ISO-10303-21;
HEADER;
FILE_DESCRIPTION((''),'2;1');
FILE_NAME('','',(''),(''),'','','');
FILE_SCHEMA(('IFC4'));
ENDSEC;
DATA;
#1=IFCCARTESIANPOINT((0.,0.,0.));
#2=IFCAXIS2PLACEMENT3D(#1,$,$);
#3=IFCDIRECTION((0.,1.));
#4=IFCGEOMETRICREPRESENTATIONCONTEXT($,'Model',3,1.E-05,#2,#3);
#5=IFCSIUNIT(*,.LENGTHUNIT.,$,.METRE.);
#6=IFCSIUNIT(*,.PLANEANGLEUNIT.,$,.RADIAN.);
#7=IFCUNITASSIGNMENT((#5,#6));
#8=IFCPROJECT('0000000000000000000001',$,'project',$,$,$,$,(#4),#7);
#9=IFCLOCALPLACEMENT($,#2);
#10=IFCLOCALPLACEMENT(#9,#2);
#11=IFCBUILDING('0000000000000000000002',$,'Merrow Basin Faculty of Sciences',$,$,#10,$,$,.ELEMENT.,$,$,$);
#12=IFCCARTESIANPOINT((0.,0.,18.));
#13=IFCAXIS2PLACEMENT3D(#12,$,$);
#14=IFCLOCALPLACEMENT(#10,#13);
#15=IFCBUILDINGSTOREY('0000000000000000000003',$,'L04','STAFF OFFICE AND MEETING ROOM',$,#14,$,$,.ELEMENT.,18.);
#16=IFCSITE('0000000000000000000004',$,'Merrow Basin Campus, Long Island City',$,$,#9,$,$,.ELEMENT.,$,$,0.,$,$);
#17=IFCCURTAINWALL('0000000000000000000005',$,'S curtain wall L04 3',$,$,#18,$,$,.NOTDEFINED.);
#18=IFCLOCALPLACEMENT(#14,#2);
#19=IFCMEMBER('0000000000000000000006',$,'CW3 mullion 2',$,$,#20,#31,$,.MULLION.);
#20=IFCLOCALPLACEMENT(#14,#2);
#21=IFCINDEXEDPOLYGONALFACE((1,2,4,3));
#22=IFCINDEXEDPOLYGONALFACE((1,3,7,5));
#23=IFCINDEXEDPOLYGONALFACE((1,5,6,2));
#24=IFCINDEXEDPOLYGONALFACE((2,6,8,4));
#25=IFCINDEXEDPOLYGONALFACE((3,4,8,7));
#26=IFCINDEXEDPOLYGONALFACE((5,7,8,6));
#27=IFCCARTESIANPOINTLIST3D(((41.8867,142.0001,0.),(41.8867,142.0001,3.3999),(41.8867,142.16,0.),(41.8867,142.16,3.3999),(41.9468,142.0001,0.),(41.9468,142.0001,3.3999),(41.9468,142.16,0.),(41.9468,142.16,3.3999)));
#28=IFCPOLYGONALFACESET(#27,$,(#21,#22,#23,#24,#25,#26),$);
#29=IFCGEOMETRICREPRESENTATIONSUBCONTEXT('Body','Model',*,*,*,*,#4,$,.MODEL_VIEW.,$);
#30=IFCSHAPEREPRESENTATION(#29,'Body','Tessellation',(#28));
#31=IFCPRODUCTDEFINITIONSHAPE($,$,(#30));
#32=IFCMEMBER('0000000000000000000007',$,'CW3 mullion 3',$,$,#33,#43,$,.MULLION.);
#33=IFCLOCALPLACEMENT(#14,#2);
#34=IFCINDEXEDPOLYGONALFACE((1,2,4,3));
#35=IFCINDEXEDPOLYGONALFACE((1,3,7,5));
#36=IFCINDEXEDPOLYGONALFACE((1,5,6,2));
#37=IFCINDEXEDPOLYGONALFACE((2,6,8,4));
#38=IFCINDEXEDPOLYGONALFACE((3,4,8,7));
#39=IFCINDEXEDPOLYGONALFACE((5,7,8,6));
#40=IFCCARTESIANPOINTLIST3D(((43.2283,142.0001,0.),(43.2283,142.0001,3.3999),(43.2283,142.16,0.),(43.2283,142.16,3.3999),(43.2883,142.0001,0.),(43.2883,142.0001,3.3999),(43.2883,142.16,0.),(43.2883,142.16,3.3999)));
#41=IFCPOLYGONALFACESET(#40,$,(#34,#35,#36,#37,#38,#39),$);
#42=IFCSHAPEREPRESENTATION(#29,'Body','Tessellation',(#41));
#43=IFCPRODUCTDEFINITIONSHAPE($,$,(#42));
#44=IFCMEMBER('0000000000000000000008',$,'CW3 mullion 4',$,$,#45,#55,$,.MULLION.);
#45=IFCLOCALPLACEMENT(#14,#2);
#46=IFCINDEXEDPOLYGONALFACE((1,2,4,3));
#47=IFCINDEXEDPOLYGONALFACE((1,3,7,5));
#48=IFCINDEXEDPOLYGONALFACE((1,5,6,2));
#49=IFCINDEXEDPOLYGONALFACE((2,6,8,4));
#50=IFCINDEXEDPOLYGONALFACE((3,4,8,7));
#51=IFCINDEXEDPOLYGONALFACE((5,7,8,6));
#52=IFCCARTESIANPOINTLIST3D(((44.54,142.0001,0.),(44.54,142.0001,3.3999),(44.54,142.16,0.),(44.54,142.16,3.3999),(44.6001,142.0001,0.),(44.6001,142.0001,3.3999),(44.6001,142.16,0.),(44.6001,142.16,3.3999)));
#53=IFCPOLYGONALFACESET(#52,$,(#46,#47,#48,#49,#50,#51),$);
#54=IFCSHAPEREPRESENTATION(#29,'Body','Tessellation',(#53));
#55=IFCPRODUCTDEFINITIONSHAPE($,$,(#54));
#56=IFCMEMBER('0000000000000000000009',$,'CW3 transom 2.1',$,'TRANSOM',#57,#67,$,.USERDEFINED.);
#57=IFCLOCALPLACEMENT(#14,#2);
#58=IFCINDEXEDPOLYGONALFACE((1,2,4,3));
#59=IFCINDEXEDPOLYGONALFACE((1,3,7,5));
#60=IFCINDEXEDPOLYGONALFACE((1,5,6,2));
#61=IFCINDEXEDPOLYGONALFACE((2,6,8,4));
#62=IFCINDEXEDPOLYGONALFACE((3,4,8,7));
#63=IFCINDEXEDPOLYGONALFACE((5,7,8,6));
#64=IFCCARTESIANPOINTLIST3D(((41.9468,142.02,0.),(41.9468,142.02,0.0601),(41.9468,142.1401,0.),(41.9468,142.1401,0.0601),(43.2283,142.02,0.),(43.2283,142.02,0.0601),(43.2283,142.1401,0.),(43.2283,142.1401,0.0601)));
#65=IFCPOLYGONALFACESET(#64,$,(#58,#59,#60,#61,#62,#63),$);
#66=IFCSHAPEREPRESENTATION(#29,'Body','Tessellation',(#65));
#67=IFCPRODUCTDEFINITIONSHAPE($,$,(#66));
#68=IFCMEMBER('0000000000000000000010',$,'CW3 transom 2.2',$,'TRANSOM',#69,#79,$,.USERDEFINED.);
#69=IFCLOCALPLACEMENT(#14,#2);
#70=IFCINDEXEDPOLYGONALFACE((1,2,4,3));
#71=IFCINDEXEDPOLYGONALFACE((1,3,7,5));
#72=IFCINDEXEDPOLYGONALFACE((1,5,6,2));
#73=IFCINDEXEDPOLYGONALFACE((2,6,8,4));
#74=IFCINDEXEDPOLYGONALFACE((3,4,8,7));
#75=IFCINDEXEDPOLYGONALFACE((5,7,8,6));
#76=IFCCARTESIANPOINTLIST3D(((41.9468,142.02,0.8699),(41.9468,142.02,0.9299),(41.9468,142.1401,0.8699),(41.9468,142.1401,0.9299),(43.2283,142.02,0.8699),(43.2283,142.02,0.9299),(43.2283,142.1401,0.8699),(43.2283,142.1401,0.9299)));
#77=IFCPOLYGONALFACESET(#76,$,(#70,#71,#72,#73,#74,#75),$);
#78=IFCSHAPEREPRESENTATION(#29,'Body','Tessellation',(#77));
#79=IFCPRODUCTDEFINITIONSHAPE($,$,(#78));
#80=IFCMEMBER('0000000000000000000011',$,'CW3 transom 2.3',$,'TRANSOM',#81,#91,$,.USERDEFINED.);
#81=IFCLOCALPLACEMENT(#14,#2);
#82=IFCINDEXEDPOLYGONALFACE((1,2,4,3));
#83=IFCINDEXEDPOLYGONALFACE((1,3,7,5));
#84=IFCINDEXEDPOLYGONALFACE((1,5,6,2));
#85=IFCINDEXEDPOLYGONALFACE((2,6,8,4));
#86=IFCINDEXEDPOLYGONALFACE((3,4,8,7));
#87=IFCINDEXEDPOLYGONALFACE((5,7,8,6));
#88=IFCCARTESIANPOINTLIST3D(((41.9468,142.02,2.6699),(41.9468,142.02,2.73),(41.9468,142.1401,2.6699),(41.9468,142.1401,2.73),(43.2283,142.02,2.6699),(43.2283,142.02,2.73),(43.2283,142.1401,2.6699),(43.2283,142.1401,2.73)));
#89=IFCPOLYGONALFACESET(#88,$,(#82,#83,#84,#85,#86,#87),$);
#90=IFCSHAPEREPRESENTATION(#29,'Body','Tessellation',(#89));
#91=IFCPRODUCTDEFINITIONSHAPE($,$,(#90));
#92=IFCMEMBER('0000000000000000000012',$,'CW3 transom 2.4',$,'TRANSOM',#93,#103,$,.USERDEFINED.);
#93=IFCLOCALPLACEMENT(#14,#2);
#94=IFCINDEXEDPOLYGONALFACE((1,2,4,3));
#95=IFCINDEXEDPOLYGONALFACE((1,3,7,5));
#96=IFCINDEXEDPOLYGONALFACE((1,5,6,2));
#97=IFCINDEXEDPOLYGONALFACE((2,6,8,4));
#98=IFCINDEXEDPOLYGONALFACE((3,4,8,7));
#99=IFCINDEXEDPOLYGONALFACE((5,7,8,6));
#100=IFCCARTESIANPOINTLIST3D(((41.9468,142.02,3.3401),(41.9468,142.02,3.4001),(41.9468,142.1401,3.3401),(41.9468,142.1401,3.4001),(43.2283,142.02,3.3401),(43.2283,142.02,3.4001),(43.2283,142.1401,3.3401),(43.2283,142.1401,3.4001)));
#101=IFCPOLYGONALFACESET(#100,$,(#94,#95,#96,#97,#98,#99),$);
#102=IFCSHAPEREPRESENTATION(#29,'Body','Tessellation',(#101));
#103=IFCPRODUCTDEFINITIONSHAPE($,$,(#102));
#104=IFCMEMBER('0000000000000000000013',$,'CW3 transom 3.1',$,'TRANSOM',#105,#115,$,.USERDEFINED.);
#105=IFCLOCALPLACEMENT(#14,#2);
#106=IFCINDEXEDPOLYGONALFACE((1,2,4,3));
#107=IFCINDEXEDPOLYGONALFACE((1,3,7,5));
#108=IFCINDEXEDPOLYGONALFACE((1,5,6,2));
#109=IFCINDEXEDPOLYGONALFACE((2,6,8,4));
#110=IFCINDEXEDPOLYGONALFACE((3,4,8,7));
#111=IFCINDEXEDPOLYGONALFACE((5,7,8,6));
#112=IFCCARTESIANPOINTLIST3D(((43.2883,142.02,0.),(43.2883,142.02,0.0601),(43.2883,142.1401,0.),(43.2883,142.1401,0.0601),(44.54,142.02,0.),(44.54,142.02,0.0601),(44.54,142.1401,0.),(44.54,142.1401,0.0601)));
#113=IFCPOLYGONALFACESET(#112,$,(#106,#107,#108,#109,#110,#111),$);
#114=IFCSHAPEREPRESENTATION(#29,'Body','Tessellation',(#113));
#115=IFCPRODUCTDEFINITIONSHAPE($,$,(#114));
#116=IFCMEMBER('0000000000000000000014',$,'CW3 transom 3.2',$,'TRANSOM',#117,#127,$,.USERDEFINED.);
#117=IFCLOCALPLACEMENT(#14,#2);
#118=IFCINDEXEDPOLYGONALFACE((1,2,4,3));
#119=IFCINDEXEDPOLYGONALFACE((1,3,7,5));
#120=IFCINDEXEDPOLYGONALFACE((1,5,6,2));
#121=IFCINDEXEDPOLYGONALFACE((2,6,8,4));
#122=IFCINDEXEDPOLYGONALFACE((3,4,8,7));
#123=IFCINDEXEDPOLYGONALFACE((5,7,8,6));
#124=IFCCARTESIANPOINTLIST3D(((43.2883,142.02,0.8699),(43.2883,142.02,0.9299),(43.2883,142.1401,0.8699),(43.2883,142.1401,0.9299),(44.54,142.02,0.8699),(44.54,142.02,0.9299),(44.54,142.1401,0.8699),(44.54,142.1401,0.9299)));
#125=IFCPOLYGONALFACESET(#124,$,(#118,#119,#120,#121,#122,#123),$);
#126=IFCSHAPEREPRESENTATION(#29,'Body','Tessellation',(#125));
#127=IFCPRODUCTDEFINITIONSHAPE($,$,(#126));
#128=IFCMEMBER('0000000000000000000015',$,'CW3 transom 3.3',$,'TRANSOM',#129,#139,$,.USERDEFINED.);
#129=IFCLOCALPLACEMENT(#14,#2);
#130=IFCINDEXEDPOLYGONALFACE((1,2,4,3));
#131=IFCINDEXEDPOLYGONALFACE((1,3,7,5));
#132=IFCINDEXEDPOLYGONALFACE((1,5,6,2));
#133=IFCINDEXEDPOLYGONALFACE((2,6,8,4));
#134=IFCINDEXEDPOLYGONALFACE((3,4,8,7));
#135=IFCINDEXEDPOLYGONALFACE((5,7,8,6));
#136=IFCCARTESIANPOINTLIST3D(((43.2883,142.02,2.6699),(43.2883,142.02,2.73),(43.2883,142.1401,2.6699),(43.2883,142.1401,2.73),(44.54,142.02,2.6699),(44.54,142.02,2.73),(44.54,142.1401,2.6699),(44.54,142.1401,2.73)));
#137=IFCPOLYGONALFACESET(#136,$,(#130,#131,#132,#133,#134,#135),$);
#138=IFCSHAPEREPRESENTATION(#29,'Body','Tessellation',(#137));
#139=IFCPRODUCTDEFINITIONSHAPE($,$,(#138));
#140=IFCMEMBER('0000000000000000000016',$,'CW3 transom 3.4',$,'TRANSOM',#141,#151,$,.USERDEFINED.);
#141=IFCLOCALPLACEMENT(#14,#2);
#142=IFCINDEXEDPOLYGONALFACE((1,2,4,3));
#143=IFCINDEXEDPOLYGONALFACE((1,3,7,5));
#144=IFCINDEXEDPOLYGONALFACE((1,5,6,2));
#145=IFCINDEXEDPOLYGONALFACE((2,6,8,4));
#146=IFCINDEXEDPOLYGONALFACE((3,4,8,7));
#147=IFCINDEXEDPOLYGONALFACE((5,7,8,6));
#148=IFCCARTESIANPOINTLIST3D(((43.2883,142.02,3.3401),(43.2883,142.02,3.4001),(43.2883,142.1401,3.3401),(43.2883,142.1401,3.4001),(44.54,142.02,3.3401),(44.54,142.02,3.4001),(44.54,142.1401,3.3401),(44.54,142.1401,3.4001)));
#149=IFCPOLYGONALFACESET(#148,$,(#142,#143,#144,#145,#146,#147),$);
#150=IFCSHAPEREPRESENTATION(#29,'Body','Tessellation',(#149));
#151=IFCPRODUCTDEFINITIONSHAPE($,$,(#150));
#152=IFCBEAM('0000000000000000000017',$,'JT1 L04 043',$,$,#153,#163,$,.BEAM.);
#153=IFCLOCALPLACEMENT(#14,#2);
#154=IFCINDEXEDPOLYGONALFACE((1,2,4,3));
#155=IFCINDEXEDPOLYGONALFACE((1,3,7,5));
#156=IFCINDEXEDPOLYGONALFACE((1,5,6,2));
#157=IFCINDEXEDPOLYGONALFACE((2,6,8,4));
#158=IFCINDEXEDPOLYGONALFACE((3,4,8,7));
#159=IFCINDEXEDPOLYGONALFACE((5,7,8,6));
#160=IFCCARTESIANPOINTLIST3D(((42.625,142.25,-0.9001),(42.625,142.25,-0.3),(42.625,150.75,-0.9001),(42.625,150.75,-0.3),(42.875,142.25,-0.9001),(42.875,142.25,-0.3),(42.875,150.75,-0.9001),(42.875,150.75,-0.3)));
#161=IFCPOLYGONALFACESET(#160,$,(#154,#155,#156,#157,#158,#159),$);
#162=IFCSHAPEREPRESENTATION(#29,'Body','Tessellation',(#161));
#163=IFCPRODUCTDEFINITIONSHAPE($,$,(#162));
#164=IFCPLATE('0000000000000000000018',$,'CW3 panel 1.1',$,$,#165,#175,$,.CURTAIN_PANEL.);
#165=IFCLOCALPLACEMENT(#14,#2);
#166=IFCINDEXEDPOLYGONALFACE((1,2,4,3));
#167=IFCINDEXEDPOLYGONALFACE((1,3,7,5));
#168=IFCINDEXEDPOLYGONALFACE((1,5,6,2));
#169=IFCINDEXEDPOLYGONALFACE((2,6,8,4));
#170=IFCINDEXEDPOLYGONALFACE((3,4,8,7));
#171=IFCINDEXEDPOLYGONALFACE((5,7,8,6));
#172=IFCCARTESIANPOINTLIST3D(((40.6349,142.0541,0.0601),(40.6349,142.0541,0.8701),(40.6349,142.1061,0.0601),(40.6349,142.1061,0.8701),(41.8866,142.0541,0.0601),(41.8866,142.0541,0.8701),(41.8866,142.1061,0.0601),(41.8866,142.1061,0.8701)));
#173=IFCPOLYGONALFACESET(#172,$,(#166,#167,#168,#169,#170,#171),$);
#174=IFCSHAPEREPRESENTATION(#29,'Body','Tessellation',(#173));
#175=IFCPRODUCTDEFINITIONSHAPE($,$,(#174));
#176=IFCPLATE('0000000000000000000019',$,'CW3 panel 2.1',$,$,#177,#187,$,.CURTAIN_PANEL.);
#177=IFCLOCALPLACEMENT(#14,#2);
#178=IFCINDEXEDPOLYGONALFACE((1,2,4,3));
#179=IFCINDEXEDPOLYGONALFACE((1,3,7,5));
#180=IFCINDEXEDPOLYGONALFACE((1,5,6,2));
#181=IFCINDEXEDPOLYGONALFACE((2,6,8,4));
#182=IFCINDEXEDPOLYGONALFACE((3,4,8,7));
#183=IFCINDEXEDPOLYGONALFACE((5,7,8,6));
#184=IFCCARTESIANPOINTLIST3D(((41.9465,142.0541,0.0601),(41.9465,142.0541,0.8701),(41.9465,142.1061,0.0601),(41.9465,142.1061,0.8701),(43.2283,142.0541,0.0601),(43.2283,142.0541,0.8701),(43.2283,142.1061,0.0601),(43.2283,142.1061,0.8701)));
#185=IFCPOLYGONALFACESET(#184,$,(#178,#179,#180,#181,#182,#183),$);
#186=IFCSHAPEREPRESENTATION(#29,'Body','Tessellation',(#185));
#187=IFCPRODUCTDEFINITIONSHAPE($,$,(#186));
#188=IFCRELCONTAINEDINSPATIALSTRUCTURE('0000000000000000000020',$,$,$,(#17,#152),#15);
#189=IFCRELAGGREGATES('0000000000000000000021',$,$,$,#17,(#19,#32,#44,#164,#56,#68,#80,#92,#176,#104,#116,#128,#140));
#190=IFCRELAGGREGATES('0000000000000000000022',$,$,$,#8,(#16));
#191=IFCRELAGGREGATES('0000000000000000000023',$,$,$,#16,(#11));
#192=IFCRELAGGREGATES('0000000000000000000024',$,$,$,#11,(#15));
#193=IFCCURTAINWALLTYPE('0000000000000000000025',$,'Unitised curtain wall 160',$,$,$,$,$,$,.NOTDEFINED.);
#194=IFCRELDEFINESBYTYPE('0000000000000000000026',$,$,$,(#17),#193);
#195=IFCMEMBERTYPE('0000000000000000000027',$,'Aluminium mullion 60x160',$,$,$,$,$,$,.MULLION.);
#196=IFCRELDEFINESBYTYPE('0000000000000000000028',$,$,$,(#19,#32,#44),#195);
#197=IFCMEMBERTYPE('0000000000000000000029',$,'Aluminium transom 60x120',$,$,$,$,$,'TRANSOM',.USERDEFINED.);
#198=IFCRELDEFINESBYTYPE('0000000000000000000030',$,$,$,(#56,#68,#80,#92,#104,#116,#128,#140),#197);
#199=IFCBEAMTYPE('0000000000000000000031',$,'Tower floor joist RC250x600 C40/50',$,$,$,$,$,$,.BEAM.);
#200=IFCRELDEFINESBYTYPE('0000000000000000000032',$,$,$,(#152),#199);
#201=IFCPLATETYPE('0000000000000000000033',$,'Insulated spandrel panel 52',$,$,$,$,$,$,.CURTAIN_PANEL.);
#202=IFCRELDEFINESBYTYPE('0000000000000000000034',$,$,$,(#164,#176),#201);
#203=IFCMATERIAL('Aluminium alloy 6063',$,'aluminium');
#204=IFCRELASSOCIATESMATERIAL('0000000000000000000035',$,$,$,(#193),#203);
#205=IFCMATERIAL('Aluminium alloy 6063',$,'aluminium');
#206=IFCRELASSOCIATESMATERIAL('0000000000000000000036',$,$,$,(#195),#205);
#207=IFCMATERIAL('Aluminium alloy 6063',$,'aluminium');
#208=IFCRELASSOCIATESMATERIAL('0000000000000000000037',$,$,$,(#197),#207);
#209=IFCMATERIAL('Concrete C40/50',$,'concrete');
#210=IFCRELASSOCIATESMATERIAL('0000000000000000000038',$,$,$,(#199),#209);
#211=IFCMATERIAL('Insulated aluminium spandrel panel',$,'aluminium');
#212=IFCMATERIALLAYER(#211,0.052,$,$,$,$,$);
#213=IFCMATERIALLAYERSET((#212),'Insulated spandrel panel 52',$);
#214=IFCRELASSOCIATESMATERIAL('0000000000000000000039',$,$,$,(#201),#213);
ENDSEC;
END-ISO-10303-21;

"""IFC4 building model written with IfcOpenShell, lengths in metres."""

from ifc_helpers import new_model, si_unit, direction, frame, origin, origin_2d, place, context, subcontext, project, spatial, rectangle, extrude, material, layer, layer_set, material_profile, profile_set, type_object, element, aggregate, save


model = new_model("IFC4")

# Units and contexts
model_context = context("Model", 3, precision=1e-05, world=origin(), true_north=direction((0.0, 1.0)))
body_context = subcontext(model_context, "Body", "Model", "MODEL_VIEW")
ifc_project = project(units=[si_unit("LENGTHUNIT", "METRE"), si_unit("PLANEANGLEUNIT", "RADIAN")], contexts=[model_context])

# Site, building, storey
site_placement = place(None, origin())
site = spatial("IfcSite", under=ifc_project, at=site_placement, Name="Merrow Basin Campus, Long Island City", CompositionType="ELEMENT", RefElevation=0.0)
building_placement = place(site_placement, origin())
building = spatial("IfcBuilding", under=site, at=building_placement, Name="Merrow Basin Faculty of Sciences", CompositionType="ELEMENT")
storey_placement = place(building_placement, frame((0.0, 0.0, 18.0)))
storey = spatial("IfcBuildingStorey", under=building, at=storey_placement, Name="L04", Description="STAFF OFFICE AND MEETING ROOM", CompositionType="ELEMENT", Elevation=18.0)

# Curtain wall, members
ifc_material_1 = material(Name="Aluminium alloy 6063", Category="aluminium")
curtain_wall_type = type_object("IfcCurtainWallType", Name="Unitised curtain wall 160", PredefinedType="NOTDEFINED", material=ifc_material_1)
curtain_wall_placement = place(storey_placement, origin())
curtain_wall = element("IfcCurtainWall", 1, at=curtain_wall_placement, inside=storey, type_object=curtain_wall_type, Name="S curtain wall L04 3", PredefinedType="NOTDEFINED")
ifc_material_2 = material(Name="Aluminium alloy 6063", Category="aluminium")
ifc_material_profile_1 = material_profile(ifc_material_2, rectangle(XDim=0.1599, YDim=0.0601, at=origin_2d()))
ifc_profile_set_1 = profile_set([ifc_material_profile_1], Name="Aluminium alloy 6063")
member_type_1 = type_object("IfcMemberType", Name="Aluminium mullion 60x160", PredefinedType="MULLION", material=ifc_profile_set_1)
member_1_placement = place(storey_placement, frame((41.9167, 142.0801, 0.0), z_axis=(0.0, 0.0, 1.0), x_axis=(0.0, 1.0, 0.0)))
member_1 = element("IfcMember", 2, at=member_1_placement, type_object=member_type_1, Name="CW3 mullion 2", PredefinedType="MULLION", context=body_context, shape_type="SweptSolid", body=[
    extrude(rectangle(XDim=0.1599, YDim=0.0601, at=origin_2d()), origin(), (0.0, 0.0, 1.0), 3.3999),
])
member_2_placement = place(storey_placement, frame((43.2583, 142.0801, 0.0), z_axis=(0.0, 0.0, 1.0), x_axis=(0.0, 1.0, 0.0)))
member_2 = element("IfcMember", 3, at=member_2_placement, type_object=member_type_1, Name="CW3 mullion 3", PredefinedType="MULLION", context=body_context, shape_type="SweptSolid", body=[
    extrude(rectangle(XDim=0.1599, YDim=0.0601, at=origin_2d()), origin(), (0.0, 0.0, 1.0), 3.3999),
])
member_3_placement = place(storey_placement, frame((44.5701, 142.0801, 0.0), z_axis=(0.0, 0.0, 1.0), x_axis=(0.0, 1.0, 0.0)))
member_3 = element("IfcMember", 4, at=member_3_placement, type_object=member_type_1, Name="CW3 mullion 4", PredefinedType="MULLION", context=body_context, shape_type="SweptSolid", body=[
    extrude(rectangle(XDim=0.1599, YDim=0.0601, at=origin_2d()), origin(), (0.0, 0.0, 1.0), 3.3999),
])
ifc_material_3 = material(Name="Aluminium alloy 6063", Category="aluminium")
ifc_material_profile_2 = material_profile(ifc_material_3, rectangle(XDim=0.1201, YDim=0.0601, at=origin_2d()))
ifc_profile_set_2 = profile_set([ifc_material_profile_2], Name="Aluminium alloy 6063")
member_type_2 = type_object("IfcMemberType", Name="Aluminium transom 60x120", ElementType="TRANSOM", PredefinedType="USERDEFINED", material=ifc_profile_set_2)
member_4_placement = place(storey_placement, frame((41.9468, 142.0801, 0.03), z_axis=(1.0, 0.0, 0.0), x_axis=(0.0, 1.0, 0.0)))
member_4 = element("IfcMember", 5, at=member_4_placement, type_object=member_type_2, Name="CW3 transom 2.1", ObjectType="TRANSOM", PredefinedType="USERDEFINED", context=body_context, shape_type="SweptSolid", body=[
    extrude(rectangle(XDim=0.1201, YDim=0.0601, at=origin_2d()), origin(), (0.0, 0.0, 1.0), 1.2815),
])
member_5_placement = place(storey_placement, frame((41.9468, 142.0801, 0.8999), z_axis=(1.0, 0.0, 0.0), x_axis=(0.0, 1.0, 0.0)))
member_5 = element("IfcMember", 6, at=member_5_placement, type_object=member_type_2, Name="CW3 transom 2.2", ObjectType="TRANSOM", PredefinedType="USERDEFINED", context=body_context, shape_type="SweptSolid", body=[
    extrude(rectangle(XDim=0.1201, YDim=0.0601, at=origin_2d()), origin(), (0.0, 0.0, 1.0), 1.2815),
])
member_6_placement = place(storey_placement, frame((41.9468, 142.0801, 2.7), z_axis=(1.0, 0.0, 0.0), x_axis=(0.0, 1.0, 0.0)))
member_6 = element("IfcMember", 7, at=member_6_placement, type_object=member_type_2, Name="CW3 transom 2.3", ObjectType="TRANSOM", PredefinedType="USERDEFINED", context=body_context, shape_type="SweptSolid", body=[
    extrude(rectangle(XDim=0.1201, YDim=0.0601, at=origin_2d()), origin(), (0.0, 0.0, 1.0), 1.2815),
])
member_7_placement = place(storey_placement, frame((41.9468, 142.0801, 3.3701), z_axis=(1.0, 0.0, 0.0), x_axis=(0.0, 1.0, 0.0)))
member_7 = element("IfcMember", 8, at=member_7_placement, type_object=member_type_2, Name="CW3 transom 2.4", ObjectType="TRANSOM", PredefinedType="USERDEFINED", context=body_context, shape_type="SweptSolid", body=[
    extrude(rectangle(XDim=0.1201, YDim=0.0601, at=origin_2d()), origin(), (0.0, 0.0, 1.0), 1.2815),
])
member_8_placement = place(storey_placement, frame((43.2883, 142.0801, 0.03), z_axis=(1.0, 0.0, 0.0), x_axis=(0.0, 1.0, 0.0)))
member_8 = element("IfcMember", 9, at=member_8_placement, type_object=member_type_2, Name="CW3 transom 3.1", ObjectType="TRANSOM", PredefinedType="USERDEFINED", context=body_context, shape_type="SweptSolid", body=[
    extrude(rectangle(XDim=0.1201, YDim=0.0601, at=origin_2d()), origin(), (0.0, 0.0, 1.0), 1.2517),
])
member_9_placement = place(storey_placement, frame((43.2883, 142.0801, 0.8999), z_axis=(1.0, 0.0, 0.0), x_axis=(0.0, 1.0, 0.0)))
member_9 = element("IfcMember", 10, at=member_9_placement, type_object=member_type_2, Name="CW3 transom 3.2", ObjectType="TRANSOM", PredefinedType="USERDEFINED", context=body_context, shape_type="SweptSolid", body=[
    extrude(rectangle(XDim=0.1201, YDim=0.0601, at=origin_2d()), origin(), (0.0, 0.0, 1.0), 1.2517),
])
member_10_placement = place(storey_placement, frame((43.2883, 142.0801, 2.7), z_axis=(1.0, 0.0, 0.0), x_axis=(0.0, 1.0, 0.0)))
member_10 = element("IfcMember", 11, at=member_10_placement, type_object=member_type_2, Name="CW3 transom 3.3", ObjectType="TRANSOM", PredefinedType="USERDEFINED", context=body_context, shape_type="SweptSolid", body=[
    extrude(rectangle(XDim=0.1201, YDim=0.0601, at=origin_2d()), origin(), (0.0, 0.0, 1.0), 1.2517),
])
member_11_placement = place(storey_placement, frame((43.2883, 142.0801, 3.3701), z_axis=(1.0, 0.0, 0.0), x_axis=(0.0, 1.0, 0.0)))
member_11 = element("IfcMember", 12, at=member_11_placement, type_object=member_type_2, Name="CW3 transom 3.4", ObjectType="TRANSOM", PredefinedType="USERDEFINED", context=body_context, shape_type="SweptSolid", body=[
    extrude(rectangle(XDim=0.1201, YDim=0.0601, at=origin_2d()), origin(), (0.0, 0.0, 1.0), 1.2517),
])

# Beam
ifc_material_4 = material(Name="Concrete C40/50", Category="concrete")
ifc_material_profile_3 = material_profile(ifc_material_4, rectangle(XDim=0.25, YDim=0.6001, at=origin_2d()))
ifc_profile_set_3 = profile_set([ifc_material_profile_3], Name="Concrete C40/50")
beam_type = type_object("IfcBeamType", Name="Tower floor joist RC250x600 C40/50", PredefinedType="BEAM", material=ifc_profile_set_3)
beam_placement = place(storey_placement, frame((42.75, 142.25, -0.6001), z_axis=(0.0, 1.0, 0.0), x_axis=(-1.0, 0.0, 0.0)))
element("IfcBeam", 13, at=beam_placement, inside=storey, type_object=beam_type, Name="JT1 L04 043", PredefinedType="BEAM", context=body_context, shape_type="SweptSolid", body=[
    extrude(rectangle(XDim=0.25, YDim=0.6001, at=origin_2d()), origin(), (0.0, 0.0, 1.0), 8.5),
])

# Plates
ifc_material_5 = material(Name="Insulated aluminium spandrel panel", Category="aluminium")
ifc_layer_1 = layer(ifc_material_5, 0.052)
ifc_layer_set_1 = layer_set([ifc_layer_1], Name="Insulated spandrel panel 52")
plate_type_1 = type_object("IfcPlateType", Name="Insulated spandrel panel 52", PredefinedType="CURTAIN_PANEL", material=ifc_layer_set_1)
plate_1_placement = place(storey_placement, frame((41.2607, 142.0801, 0.0601), z_axis=(0.0, 0.0, 1.0), x_axis=(1.0, 0.0, 0.0)))
plate_1 = element("IfcPlate", 14, at=plate_1_placement, type_object=plate_type_1, Name="CW3 panel 1.1", PredefinedType="CURTAIN_PANEL", context=body_context, shape_type="SweptSolid", body=[
    extrude(rectangle(XDim=1.2517, YDim=0.052, at=origin_2d()), origin(), (0.0, 0.0, 1.0), 0.8101),
])
plate_2_placement = place(storey_placement, frame((42.5874, 142.0801, 0.0601), z_axis=(0.0, 0.0, 1.0), x_axis=(1.0, 0.0, 0.0)))
plate_2 = element("IfcPlate", 15, at=plate_2_placement, type_object=plate_type_1, Name="CW3 panel 2.1", PredefinedType="CURTAIN_PANEL", context=body_context, shape_type="SweptSolid", body=[
    extrude(rectangle(XDim=1.2817, YDim=0.052, at=origin_2d()), origin(), (0.0, 0.0, 1.0), 0.8101),
])
aggregate(curtain_wall, [member_1, member_2, member_3, plate_1, member_4, member_5, member_6, member_7, plate_2, member_8, member_9, member_10, member_11])

save(model, "model.ifc")
